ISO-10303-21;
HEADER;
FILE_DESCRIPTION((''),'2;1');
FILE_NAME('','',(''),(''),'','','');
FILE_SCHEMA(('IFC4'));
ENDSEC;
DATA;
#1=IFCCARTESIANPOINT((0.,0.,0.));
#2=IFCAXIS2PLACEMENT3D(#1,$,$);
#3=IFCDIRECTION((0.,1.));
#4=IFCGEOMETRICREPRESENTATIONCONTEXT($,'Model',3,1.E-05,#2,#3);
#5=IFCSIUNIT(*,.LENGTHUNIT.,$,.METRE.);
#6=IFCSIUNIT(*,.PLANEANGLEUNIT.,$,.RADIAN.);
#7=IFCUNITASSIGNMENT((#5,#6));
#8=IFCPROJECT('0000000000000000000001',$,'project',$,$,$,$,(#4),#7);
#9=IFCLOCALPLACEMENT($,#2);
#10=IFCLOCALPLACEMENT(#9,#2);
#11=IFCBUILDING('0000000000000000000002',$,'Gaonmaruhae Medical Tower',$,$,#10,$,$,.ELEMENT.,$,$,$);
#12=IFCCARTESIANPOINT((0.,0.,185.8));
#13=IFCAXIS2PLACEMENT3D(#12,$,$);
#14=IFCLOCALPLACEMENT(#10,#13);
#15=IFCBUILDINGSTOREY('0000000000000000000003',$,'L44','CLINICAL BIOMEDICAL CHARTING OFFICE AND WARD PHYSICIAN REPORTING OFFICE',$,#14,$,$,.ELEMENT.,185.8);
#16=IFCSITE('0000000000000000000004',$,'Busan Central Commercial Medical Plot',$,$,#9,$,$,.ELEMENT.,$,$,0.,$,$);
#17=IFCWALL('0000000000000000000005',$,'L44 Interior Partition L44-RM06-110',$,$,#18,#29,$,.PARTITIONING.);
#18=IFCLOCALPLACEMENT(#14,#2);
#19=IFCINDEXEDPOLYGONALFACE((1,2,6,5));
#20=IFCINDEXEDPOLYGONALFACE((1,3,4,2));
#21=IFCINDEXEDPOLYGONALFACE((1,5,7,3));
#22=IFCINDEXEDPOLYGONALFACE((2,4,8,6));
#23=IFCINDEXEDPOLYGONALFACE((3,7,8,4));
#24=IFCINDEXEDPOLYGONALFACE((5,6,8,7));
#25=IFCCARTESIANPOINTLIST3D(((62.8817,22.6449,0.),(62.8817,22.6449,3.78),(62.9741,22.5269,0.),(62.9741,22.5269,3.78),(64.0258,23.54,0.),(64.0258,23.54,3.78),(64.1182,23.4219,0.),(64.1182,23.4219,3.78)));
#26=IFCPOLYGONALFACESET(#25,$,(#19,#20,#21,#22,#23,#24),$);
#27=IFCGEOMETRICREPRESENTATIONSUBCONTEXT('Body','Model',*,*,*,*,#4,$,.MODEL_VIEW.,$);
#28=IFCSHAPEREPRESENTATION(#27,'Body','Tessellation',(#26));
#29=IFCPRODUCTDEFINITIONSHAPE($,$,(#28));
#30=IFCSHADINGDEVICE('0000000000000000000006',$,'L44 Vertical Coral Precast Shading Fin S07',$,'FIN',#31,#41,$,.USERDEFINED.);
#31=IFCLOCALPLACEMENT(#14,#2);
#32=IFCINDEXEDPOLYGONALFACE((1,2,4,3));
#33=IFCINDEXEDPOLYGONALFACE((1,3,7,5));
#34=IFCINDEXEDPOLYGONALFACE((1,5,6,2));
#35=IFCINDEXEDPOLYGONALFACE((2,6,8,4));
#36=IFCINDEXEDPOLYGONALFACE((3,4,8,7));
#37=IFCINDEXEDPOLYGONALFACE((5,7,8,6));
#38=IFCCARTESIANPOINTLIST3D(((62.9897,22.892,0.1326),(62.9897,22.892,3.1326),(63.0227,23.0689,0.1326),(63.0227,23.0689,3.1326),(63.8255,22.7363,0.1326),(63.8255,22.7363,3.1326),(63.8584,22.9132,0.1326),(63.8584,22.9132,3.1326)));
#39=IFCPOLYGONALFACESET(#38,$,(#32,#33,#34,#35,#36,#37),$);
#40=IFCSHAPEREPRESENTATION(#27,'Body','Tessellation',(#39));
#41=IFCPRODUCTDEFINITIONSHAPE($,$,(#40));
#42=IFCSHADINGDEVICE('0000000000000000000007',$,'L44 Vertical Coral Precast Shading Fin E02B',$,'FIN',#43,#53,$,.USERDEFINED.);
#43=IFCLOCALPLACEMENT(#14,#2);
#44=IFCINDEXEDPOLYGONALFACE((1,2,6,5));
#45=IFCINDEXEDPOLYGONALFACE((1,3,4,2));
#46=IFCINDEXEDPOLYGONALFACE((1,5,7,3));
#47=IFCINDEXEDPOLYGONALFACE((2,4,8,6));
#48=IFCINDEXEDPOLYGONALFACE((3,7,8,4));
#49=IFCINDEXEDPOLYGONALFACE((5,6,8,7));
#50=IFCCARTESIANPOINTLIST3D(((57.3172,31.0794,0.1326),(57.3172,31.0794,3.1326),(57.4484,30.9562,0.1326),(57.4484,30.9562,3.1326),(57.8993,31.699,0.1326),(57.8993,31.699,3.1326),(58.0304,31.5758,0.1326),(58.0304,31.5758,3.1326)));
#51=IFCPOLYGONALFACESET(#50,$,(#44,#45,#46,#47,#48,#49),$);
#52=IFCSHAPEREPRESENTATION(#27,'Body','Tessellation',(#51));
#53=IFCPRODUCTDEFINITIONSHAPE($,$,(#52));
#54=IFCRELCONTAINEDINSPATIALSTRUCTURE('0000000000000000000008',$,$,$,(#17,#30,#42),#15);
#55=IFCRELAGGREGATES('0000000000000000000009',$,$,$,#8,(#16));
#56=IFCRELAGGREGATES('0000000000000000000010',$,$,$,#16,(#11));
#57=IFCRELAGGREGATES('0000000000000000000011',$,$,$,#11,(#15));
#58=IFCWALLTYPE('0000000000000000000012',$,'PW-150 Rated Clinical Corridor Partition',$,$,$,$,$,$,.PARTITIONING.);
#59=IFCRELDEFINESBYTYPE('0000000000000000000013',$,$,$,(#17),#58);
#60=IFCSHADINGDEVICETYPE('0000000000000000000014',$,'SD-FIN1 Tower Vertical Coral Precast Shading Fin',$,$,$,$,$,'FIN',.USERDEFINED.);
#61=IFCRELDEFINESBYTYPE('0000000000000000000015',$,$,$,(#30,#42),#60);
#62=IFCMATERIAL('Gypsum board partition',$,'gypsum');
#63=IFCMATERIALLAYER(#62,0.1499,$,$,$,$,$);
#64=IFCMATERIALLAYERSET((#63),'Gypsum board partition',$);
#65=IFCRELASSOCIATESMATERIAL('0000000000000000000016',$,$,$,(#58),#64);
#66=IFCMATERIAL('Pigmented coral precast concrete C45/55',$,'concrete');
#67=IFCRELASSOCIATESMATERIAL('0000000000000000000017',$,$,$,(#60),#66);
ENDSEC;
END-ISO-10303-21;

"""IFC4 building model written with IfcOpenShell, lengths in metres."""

from ifc_helpers import new_model, si_unit, direction, frame, frame_2d, origin, origin_2d, place, context, subcontext, project, spatial, rectangle, extrude, material, layer, layer_set, type_object, element, save


model = new_model("IFC4")

# Units and contexts
model_context = context("Model", 3, precision=1e-05, world=origin(), true_north=direction((0.0, 1.0)))
body_context = subcontext(model_context, "Body", "Model", "MODEL_VIEW")
ifc_project = project(units=[si_unit("LENGTHUNIT", "METRE"), si_unit("PLANEANGLEUNIT", "RADIAN")], contexts=[model_context])

# Site, building, storey
site_placement = place(None, origin())
site = spatial("IfcSite", under=ifc_project, at=site_placement, Name="Busan Central Commercial Medical Plot", CompositionType="ELEMENT", RefElevation=0.0)
building_placement = place(site_placement, origin())
building = spatial("IfcBuilding", under=site, at=building_placement, Name="Gaonmaruhae Medical Tower", CompositionType="ELEMENT")
storey_placement = place(building_placement, frame((0.0, 0.0, 185.8)))
storey = spatial("IfcBuildingStorey", under=building, at=storey_placement, Name="L44", Description="CLINICAL BIOMEDICAL CHARTING OFFICE AND WARD PHYSICIAN REPORTING OFFICE", CompositionType="ELEMENT", Elevation=185.8)

# Wall
ifc_material_1 = material(Name="Gypsum board partition", Category="gypsum")
ifc_layer_1 = layer(ifc_material_1, 0.1499)
ifc_layer_set_1 = layer_set([ifc_layer_1], Name="Gypsum board partition")
wall_type_1 = type_object("IfcWallType", Name="PW-150 Rated Clinical Corridor Partition", PredefinedType="PARTITIONING", material=ifc_layer_set_1)
wall_1_placement = place(storey_placement, frame((64.072, 23.481, 0.0), z_axis=(0.0, 0.0, 1.0), x_axis=(-0.787611, -0.616172, 0.0)))
element("IfcWall", 1, at=wall_1_placement, inside=storey, type_object=wall_type_1, Name="L44 Interior Partition L44-RM06-110", PredefinedType="PARTITIONING", context=body_context, shape_type="SweptSolid", body=[
    extrude(rectangle(XDim=1.4526, YDim=0.1499, at=frame_2d((0.7263, 0.0))), origin(), (0.0, 0.0, 1.0), 3.78),
])

# Shading devices
ifc_material_2 = material(Name="Pigmented coral precast concrete C45/55", Category="concrete")
shading_device_type = type_object("IfcShadingDeviceType", Name="SD-FIN1 Tower Vertical Coral Precast Shading Fin", ElementType="FIN", PredefinedType="USERDEFINED", material=ifc_material_2)
for number, where, z_axis, x_axis, name in (
    (2, (63.4241, 22.9026, 0.1326), (0.0, 0.0, 1.0), (-0.183111, -0.983092, 0.0), "L44 Vertical Coral Precast Shading Fin S07"),
    (3, (57.6738, 31.3276, 0.1326), (0.0, 0.0, 1.0), (0.728849, -0.684674, 0.0), "L44 Vertical Coral Precast Shading Fin E02B"),
):
    element("IfcShadingDevice", number, at=place(storey_placement, frame(where, z_axis=z_axis, x_axis=x_axis)), inside=storey, type_object=shading_device_type, Name=name, ObjectType="FIN", PredefinedType="USERDEFINED", context=body_context, shape_type="SweptSolid", body=[
        extrude(rectangle(XDim=0.1799, YDim=0.8501, at=origin_2d()), origin(), (0.0, 0.0, 1.0), 3.0),
    ])

save(model, "model.ifc")
